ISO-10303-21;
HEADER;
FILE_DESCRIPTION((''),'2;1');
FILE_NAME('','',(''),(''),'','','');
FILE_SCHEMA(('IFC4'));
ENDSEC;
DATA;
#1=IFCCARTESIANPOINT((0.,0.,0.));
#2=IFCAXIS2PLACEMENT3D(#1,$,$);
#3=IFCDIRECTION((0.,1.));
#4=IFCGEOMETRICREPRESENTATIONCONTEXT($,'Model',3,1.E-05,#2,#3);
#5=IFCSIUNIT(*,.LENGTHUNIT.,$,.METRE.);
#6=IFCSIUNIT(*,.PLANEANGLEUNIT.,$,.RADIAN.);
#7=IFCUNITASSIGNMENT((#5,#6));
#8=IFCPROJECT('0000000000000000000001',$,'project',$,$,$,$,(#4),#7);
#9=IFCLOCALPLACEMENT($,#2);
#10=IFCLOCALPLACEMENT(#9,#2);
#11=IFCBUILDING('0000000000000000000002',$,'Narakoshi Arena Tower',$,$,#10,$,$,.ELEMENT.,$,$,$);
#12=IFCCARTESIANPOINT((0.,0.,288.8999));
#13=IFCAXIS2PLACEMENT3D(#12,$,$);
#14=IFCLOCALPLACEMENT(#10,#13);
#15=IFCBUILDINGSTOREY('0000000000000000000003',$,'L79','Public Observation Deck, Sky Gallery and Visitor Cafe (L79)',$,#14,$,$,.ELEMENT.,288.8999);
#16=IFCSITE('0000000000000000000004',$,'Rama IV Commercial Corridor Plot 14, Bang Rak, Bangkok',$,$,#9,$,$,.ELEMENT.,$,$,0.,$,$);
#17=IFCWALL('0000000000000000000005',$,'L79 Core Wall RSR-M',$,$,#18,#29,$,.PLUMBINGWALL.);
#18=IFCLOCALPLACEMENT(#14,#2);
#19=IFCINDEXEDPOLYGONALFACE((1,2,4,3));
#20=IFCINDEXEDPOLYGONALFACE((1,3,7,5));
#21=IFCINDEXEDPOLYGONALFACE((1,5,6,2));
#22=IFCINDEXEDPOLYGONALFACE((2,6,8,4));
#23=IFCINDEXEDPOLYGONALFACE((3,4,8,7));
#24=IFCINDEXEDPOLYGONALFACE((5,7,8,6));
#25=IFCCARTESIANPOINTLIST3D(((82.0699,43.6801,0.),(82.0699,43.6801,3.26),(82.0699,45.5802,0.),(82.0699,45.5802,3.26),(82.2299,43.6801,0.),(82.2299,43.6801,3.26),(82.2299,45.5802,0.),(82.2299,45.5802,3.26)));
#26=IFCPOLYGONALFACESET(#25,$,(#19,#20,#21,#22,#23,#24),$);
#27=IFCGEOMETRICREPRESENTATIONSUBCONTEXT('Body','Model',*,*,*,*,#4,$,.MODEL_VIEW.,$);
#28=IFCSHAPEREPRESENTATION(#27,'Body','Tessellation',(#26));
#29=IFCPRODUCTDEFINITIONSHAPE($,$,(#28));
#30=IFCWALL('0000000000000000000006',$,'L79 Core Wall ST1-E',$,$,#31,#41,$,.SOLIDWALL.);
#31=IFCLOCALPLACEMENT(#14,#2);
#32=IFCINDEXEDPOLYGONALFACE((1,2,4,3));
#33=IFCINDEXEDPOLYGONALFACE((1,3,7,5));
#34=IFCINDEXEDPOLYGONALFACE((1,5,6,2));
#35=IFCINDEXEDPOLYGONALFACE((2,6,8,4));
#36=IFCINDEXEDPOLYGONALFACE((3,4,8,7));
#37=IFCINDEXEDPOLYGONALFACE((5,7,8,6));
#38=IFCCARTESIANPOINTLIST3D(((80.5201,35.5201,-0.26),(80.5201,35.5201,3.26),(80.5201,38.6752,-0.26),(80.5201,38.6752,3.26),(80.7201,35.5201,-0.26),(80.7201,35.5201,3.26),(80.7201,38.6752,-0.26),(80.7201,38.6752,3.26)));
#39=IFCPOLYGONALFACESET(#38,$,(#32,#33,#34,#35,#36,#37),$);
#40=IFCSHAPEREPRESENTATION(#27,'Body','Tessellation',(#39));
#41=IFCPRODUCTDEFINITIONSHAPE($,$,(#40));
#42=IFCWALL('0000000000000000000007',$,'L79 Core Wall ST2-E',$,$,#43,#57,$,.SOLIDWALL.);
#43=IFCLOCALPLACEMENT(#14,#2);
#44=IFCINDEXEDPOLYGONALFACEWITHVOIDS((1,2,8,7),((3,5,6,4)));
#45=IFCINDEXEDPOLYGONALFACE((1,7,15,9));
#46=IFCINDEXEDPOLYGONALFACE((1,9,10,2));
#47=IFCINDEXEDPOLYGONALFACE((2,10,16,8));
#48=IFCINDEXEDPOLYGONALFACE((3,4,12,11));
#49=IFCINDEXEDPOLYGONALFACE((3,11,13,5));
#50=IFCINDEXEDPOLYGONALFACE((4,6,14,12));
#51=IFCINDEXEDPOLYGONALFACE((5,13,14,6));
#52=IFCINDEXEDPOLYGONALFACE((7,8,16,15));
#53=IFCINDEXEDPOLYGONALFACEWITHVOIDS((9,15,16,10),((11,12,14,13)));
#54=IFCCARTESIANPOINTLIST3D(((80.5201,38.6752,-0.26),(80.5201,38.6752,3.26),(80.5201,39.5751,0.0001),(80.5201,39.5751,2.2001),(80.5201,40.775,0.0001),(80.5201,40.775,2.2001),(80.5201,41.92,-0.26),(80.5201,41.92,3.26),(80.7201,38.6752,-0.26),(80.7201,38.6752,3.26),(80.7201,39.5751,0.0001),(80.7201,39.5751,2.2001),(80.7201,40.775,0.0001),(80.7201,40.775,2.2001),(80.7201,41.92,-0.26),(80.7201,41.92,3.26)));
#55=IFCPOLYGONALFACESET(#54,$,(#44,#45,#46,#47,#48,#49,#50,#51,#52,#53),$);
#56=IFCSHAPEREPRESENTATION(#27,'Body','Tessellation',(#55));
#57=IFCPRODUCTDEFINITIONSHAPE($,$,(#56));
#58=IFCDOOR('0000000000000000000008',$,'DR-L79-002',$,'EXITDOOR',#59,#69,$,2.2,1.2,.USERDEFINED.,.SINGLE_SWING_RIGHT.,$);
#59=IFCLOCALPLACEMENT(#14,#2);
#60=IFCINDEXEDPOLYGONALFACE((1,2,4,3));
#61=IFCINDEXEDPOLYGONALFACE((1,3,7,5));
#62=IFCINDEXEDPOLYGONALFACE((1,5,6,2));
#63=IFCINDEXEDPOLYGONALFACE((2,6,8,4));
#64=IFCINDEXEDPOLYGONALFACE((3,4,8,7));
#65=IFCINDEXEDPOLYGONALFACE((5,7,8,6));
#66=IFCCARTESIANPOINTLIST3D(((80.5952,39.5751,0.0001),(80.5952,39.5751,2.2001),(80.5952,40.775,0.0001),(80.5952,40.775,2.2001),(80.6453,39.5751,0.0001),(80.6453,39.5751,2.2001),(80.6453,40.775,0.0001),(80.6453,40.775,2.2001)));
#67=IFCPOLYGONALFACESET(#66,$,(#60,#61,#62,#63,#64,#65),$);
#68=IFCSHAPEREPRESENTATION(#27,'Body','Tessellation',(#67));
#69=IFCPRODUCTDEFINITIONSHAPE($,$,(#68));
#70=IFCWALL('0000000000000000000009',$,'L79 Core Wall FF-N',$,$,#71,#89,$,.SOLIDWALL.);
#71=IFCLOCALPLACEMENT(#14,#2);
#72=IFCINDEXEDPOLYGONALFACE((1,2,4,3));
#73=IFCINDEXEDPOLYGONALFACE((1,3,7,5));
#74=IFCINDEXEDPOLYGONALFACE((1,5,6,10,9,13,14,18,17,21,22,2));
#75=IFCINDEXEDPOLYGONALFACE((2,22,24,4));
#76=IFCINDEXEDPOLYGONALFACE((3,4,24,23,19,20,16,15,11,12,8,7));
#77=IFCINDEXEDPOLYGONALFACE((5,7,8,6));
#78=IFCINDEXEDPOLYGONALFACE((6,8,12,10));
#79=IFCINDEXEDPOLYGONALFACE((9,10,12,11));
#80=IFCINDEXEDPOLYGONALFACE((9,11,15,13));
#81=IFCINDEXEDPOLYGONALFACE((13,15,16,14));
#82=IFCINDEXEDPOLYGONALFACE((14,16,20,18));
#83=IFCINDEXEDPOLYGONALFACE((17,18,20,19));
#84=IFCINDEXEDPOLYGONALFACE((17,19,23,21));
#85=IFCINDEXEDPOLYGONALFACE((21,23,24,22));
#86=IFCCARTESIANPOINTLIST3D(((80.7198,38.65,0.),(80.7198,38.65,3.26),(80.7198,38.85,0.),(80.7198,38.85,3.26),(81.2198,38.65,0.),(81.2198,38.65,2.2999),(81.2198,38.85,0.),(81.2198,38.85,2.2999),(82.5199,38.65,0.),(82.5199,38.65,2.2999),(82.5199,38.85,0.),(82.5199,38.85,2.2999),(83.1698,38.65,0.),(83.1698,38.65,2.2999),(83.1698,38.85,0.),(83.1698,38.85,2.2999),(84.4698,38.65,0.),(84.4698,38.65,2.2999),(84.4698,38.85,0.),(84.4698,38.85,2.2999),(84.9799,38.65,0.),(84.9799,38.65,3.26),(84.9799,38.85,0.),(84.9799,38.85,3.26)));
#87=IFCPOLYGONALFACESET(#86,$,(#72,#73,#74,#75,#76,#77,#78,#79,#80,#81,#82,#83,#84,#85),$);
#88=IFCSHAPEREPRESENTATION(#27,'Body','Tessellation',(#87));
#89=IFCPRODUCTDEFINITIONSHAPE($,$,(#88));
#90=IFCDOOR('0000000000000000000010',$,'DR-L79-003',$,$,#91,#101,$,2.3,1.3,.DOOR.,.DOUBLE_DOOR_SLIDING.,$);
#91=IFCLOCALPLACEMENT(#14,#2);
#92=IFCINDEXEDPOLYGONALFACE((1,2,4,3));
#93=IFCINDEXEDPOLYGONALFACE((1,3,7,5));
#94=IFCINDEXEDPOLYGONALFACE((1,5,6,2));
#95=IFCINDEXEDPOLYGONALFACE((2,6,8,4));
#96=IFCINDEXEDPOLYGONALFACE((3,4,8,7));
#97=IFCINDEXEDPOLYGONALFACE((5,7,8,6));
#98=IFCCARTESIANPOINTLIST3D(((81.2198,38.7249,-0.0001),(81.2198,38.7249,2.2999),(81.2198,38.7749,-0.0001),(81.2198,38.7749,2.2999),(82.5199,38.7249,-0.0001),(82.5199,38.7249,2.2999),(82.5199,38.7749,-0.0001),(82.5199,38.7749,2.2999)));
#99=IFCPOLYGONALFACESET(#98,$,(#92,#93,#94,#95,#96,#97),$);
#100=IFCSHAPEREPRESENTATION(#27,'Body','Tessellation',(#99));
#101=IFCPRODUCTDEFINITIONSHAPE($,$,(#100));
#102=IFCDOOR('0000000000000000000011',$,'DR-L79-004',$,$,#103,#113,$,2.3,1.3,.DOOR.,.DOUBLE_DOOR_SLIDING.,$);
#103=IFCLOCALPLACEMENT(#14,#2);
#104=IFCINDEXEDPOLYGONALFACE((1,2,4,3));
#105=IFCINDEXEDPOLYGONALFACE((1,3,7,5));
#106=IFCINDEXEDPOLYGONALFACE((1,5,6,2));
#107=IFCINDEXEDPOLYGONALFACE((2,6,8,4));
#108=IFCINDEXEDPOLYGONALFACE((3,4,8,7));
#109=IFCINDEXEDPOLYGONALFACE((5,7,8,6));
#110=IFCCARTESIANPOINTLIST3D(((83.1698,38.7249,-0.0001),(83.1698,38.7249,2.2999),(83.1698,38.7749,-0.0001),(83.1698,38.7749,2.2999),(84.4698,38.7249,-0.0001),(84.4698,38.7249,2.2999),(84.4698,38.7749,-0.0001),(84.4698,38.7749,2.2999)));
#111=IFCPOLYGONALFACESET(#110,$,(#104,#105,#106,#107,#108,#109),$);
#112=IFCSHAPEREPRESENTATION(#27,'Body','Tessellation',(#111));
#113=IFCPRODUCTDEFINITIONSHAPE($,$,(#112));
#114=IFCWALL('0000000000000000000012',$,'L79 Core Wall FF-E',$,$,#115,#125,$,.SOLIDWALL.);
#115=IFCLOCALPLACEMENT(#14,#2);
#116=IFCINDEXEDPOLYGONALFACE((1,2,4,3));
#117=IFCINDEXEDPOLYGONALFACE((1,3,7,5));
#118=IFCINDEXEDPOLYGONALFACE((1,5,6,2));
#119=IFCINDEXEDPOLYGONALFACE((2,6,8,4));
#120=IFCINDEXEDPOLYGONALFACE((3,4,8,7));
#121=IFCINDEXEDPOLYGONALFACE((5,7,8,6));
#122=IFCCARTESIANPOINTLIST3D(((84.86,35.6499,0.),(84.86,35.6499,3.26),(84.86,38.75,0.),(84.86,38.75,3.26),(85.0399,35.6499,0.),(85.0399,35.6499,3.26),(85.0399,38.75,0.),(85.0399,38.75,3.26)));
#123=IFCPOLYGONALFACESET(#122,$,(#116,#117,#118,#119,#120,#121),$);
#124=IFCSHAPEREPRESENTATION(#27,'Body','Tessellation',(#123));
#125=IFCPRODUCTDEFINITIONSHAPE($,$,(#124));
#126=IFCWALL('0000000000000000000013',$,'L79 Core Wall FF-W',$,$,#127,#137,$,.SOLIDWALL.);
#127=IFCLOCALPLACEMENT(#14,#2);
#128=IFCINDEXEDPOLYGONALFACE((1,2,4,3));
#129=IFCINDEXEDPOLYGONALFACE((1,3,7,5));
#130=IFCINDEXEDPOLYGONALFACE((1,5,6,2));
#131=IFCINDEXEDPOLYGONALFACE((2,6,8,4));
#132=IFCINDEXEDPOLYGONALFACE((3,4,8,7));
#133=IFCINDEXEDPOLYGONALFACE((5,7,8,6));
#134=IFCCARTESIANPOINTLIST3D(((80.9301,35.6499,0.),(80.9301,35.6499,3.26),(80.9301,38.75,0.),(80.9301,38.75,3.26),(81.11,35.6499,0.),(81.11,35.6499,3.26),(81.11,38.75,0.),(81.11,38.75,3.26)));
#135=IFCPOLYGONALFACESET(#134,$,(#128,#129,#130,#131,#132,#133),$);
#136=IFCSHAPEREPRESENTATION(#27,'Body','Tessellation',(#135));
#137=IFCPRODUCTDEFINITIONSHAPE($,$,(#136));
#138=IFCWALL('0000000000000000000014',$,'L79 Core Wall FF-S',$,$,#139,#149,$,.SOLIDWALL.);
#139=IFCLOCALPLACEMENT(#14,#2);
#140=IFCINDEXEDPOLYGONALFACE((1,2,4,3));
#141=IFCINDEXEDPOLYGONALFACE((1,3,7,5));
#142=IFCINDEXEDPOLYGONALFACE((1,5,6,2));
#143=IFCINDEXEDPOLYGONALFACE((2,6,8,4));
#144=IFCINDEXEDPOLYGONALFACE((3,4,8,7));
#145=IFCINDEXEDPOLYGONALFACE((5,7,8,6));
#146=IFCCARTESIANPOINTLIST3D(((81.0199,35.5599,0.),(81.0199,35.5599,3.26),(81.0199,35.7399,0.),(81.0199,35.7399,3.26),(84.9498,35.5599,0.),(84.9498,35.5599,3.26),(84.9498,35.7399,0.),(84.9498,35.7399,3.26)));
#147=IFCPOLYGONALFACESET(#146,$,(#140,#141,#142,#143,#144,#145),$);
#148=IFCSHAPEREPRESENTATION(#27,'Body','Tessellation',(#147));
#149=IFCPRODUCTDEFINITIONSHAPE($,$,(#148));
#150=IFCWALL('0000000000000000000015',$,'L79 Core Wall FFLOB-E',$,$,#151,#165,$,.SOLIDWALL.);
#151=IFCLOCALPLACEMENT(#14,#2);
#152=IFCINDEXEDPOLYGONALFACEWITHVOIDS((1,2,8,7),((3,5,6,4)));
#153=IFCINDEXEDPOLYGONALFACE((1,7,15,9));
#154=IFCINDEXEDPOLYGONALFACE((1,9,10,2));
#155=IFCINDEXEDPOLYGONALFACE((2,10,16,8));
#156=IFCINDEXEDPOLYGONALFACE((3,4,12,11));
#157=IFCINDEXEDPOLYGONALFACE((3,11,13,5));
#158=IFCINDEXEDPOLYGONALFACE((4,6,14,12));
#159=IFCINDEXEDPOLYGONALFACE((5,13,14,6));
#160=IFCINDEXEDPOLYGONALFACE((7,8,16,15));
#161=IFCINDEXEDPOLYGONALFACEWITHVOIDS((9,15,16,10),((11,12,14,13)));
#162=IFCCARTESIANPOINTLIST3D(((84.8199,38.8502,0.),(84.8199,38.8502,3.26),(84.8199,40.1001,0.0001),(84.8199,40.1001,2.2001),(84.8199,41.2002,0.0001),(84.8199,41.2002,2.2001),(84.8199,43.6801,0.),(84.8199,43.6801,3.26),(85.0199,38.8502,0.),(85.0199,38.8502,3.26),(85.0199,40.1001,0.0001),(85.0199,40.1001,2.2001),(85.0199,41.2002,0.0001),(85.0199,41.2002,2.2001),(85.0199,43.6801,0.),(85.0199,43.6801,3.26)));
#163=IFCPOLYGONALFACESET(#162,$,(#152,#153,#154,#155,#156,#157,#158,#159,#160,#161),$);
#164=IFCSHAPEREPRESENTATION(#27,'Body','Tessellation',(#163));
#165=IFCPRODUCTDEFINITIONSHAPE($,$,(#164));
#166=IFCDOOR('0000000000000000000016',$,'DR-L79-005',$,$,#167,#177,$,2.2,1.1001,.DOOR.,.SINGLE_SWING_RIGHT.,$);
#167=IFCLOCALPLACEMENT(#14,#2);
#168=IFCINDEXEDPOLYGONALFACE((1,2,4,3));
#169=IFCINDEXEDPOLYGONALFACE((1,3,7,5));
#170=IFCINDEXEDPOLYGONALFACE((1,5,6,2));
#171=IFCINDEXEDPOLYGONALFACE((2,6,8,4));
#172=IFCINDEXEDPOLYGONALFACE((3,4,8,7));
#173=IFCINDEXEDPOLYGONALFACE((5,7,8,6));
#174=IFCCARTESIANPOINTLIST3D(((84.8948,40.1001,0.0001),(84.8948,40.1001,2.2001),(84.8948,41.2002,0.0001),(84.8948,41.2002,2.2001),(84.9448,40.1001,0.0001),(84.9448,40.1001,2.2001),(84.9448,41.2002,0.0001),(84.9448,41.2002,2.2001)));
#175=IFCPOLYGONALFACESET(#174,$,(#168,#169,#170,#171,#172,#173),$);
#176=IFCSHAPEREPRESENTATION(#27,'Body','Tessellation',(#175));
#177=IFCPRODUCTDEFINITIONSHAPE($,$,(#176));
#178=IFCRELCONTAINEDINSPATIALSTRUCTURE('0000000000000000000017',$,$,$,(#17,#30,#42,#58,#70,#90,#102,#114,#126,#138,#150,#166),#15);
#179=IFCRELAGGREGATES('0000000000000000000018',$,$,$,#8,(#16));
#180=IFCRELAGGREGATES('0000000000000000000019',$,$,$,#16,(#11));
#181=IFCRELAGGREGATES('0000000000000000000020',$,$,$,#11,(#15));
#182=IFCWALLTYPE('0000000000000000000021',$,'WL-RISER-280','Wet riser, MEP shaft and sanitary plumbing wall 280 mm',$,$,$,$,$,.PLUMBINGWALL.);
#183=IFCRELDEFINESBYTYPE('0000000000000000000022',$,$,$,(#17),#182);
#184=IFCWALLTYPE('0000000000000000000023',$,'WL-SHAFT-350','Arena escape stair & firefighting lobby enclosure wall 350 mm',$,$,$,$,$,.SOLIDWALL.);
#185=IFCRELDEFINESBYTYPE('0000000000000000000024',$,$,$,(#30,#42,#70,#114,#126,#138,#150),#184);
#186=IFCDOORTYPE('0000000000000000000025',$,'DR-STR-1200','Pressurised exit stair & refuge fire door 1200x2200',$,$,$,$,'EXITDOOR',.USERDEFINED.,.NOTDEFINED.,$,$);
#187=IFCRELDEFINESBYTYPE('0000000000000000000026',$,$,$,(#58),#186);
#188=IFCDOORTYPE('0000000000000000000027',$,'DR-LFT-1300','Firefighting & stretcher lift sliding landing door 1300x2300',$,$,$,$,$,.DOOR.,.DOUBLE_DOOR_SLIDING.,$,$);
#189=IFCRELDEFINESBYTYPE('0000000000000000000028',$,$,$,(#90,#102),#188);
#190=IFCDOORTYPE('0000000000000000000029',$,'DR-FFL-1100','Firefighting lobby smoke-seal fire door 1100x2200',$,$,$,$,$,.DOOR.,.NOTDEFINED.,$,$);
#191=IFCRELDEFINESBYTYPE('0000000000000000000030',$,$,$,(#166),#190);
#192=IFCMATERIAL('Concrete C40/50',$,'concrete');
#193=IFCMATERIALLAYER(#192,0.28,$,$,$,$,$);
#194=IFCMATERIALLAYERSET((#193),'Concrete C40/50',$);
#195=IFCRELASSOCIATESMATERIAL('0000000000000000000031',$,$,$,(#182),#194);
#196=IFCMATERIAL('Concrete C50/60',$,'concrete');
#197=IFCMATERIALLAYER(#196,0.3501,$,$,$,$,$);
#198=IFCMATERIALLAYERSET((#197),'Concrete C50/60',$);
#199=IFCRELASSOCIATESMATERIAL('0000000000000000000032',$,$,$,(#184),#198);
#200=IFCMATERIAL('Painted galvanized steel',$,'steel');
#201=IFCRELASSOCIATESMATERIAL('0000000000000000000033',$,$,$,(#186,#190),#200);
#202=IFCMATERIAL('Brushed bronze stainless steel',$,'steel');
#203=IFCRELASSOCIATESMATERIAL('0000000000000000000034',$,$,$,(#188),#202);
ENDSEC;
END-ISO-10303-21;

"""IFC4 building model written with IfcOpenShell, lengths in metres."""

from ifc_helpers import new_model, si_unit, direction, frame, frame_2d, origin, place, context, subcontext, project, spatial, rectangle, extrude, material, layer, layer_set, type_object, element, fill, save


model = new_model("IFC4")

# Units and contexts
model_context = context("Model", 3, precision=1e-05, world=origin(), true_north=direction((0.0, 1.0)))
body_context = subcontext(model_context, "Body", "Model", "MODEL_VIEW")
ifc_project = project(units=[si_unit("LENGTHUNIT", "METRE"), si_unit("PLANEANGLEUNIT", "RADIAN")], contexts=[model_context])

# Site, building, storey
site_placement = place(None, origin())
site = spatial("IfcSite", under=ifc_project, at=site_placement, Name="Rama IV Commercial Corridor Plot 14, Bang Rak, Bangkok", CompositionType="ELEMENT", RefElevation=0.0)
building_placement = place(site_placement, origin())
building = spatial("IfcBuilding", under=site, at=building_placement, Name="Narakoshi Arena Tower", CompositionType="ELEMENT")
storey_placement = place(building_placement, frame((0.0, 0.0, 288.8999)))
storey = spatial("IfcBuildingStorey", under=building, at=storey_placement, Name="L79", Description="Public Observation Deck, Sky Gallery and Visitor Cafe (L79)", CompositionType="ELEMENT", Elevation=288.8999)

# Shared definitions
ifc_material_1 = material(Name="Concrete C50/60", Category="concrete")

# Walls
ifc_material_2 = material(Name="Concrete C40/50", Category="concrete")
ifc_layer_1 = layer(ifc_material_2, 0.28)
ifc_layer_set_1 = layer_set([ifc_layer_1], Name="Concrete C40/50")
wall_type_1 = type_object("IfcWallType", Name="WL-RISER-280", Description="Wet riser, MEP shaft and sanitary plumbing wall 280 mm", PredefinedType="PLUMBINGWALL", material=ifc_layer_set_1)
wall_1_placement = place(storey_placement, frame((82.1499, 43.6799, 0.0), z_axis=(0.0, 0.0, 1.0), x_axis=(0.0, 1.0, 0.0)))
element("IfcWall", 1, at=wall_1_placement, inside=storey, type_object=wall_type_1, Name="L79 Core Wall RSR-M", PredefinedType="PLUMBINGWALL", context=body_context, shape_type="SweptSolid", body=[
    extrude(rectangle(XDim=1.9001, YDim=0.1599, at=frame_2d((0.9502, 0.0))), origin(), (0.0, 0.0, 1.0), 3.26),
])
ifc_layer_2 = layer(ifc_material_1, 0.3501)
ifc_layer_set_2 = layer_set([ifc_layer_2], Name="Concrete C50/60")
wall_type_2 = type_object("IfcWallType", Name="WL-SHAFT-350", Description="Arena escape stair & firefighting lobby enclosure wall 350 mm", PredefinedType="SOLIDWALL", material=ifc_layer_set_2)
wall_2_placement = place(storey_placement, frame((80.6201, 35.52, -0.26), z_axis=(0.0, 0.0, 1.0), x_axis=(0.0, 1.0, 0.0)))
element("IfcWall", 2, at=wall_2_placement, inside=storey, type_object=wall_type_2, Name="L79 Core Wall ST1-E", PredefinedType="SOLIDWALL", context=body_context, shape_type="SweptSolid", body=[
    extrude(rectangle(XDim=3.155, YDim=0.2, at=frame_2d((1.5776, 0.0))), origin(), (0.0, 0.0, 1.0), 3.52),
])

# Wall, opening, door
wall_3_placement = place(storey_placement, frame((80.6201, 38.675, -0.26), z_axis=(0.0, 0.0, 1.0), x_axis=(0.0, 1.0, 0.0)))
wall_3 = element("IfcWall", 3, at=wall_3_placement, inside=storey, type_object=wall_type_2, Name="L79 Core Wall ST2-E", PredefinedType="SOLIDWALL", context=body_context, shape_type="SweptSolid", body=[
    extrude(rectangle(XDim=3.2449, YDim=0.2, at=frame_2d((1.6226, 0.0))), origin(), (0.0, 0.0, 1.0), 3.52),
])
opening_1_placement = place(wall_3_placement, frame((0.8999, 0.0, 0.26)))
opening_1 = element("IfcOpeningElement", 4, at=opening_1_placement, cuts=wall_3, PredefinedType="OPENING", context=body_context, shape_type="SweptSolid", body=[
    extrude(rectangle(XDim=1.2, YDim=2.2, at=frame_2d((0.6001, 1.1001))), frame((0.0, 0.1099, 0.0), z_axis=(0.0, -1.0, 0.0), x_axis=(1.0, 0.0, 0.0)), (0.0, 0.0, 1.0), 0.22),
])
ifc_material_3 = material(Name="Painted galvanized steel", Category="steel")
door_type_1 = type_object("IfcDoorType", Name="DR-STR-1200", Description="Pressurised exit stair & refuge fire door 1200x2200", ElementType="EXITDOOR", OperationType="NOTDEFINED", PredefinedType="USERDEFINED", material=ifc_material_3)
door_1_placement = place(opening_1_placement, origin())
door_1 = element("IfcDoor", 5, at=door_1_placement, inside=storey, type_object=door_type_1, Name="DR-L79-002", ObjectType="EXITDOOR", OperationType="SINGLE_SWING_RIGHT", OverallHeight=2.2, OverallWidth=1.2, PredefinedType="USERDEFINED", context=body_context, shape_type="SweptSolid", body=[
    extrude(rectangle(XDim=1.2, YDim=2.2, at=frame_2d((0.6001, 1.1001))), frame((0.0, 0.0249, 0.0), z_axis=(0.0, -1.0, 0.0), x_axis=(1.0, 0.0, 0.0)), (0.0, 0.0, 1.0), 0.05),
])
fill(opening_1, door_1)

# Wall, openings, doors
wall_4_placement = place(storey_placement, frame((80.72, 38.75, 0.0), z_axis=(0.0, 0.0, 1.0), x_axis=(1.0, 0.0, 0.0)))
wall_4 = element("IfcWall", 6, at=wall_4_placement, inside=storey, type_object=wall_type_2, Name="L79 Core Wall FF-N", PredefinedType="SOLIDWALL", context=body_context, shape_type="SweptSolid", body=[
    extrude(rectangle(XDim=4.26, YDim=0.2, at=frame_2d((2.1299, 0.0))), origin(), (0.0, 0.0, 1.0), 3.26),
])
opening_2_placement = place(wall_4_placement, frame((0.5, 0.0, 0.0)))
opening_2 = element("IfcOpeningElement", 7, at=opening_2_placement, cuts=wall_4, PredefinedType="OPENING", context=body_context, shape_type="SweptSolid", body=[
    extrude(rectangle(XDim=1.3, YDim=2.3, at=frame_2d((0.6499, 1.1499))), frame((0.0, 0.1099, 0.0), z_axis=(0.0, -1.0, 0.0), x_axis=(1.0, 0.0, 0.0)), (0.0, 0.0, 1.0), 0.22),
])
opening_3_placement = place(wall_4_placement, frame((2.45, 0.0, 0.0)))
opening_3 = element("IfcOpeningElement", 8, at=opening_3_placement, cuts=wall_4, PredefinedType="OPENING", context=body_context, shape_type="SweptSolid", body=[
    extrude(rectangle(XDim=1.3, YDim=2.3, at=frame_2d((0.6499, 1.1499))), frame((0.0, 0.1099, 0.0), z_axis=(0.0, -1.0, 0.0), x_axis=(1.0, 0.0, 0.0)), (0.0, 0.0, 1.0), 0.22),
])
ifc_material_4 = material(Name="Brushed bronze stainless steel", Category="steel")
door_type_2 = type_object("IfcDoorType", Name="DR-LFT-1300", Description="Firefighting & stretcher lift sliding landing door 1300x2300", OperationType="DOUBLE_DOOR_SLIDING", PredefinedType="DOOR", material=ifc_material_4)
door_2_placement = place(opening_2_placement, origin())
door_2 = element("IfcDoor", 9, at=door_2_placement, inside=storey, type_object=door_type_2, Name="DR-L79-003", OperationType="DOUBLE_DOOR_SLIDING", OverallHeight=2.3, OverallWidth=1.3, PredefinedType="DOOR", context=body_context, shape_type="SweptSolid", body=[
    extrude(rectangle(XDim=1.3, YDim=2.3, at=frame_2d((0.6499, 1.1499))), frame((0.0, 0.0249, 0.0), z_axis=(0.0, -1.0, 0.0), x_axis=(1.0, 0.0, 0.0)), (0.0, 0.0, 1.0), 0.05),
])
fill(opening_2, door_2)
door_3_placement = place(opening_3_placement, origin())
door_3 = element("IfcDoor", 10, at=door_3_placement, inside=storey, type_object=door_type_2, Name="DR-L79-004", OperationType="DOUBLE_DOOR_SLIDING", OverallHeight=2.3, OverallWidth=1.3, PredefinedType="DOOR", context=body_context, shape_type="SweptSolid", body=[
    extrude(rectangle(XDim=1.3, YDim=2.3, at=frame_2d((0.6499, 1.1499))), frame((0.0, 0.0249, 0.0), z_axis=(0.0, -1.0, 0.0), x_axis=(1.0, 0.0, 0.0)), (0.0, 0.0, 1.0), 0.05),
])
fill(opening_3, door_3)

# Walls
for number, where, z_axis, x_axis, name in (
    (11, (84.95, 35.6499, 0.0), (0.0, 0.0, 1.0), (0.0, 1.0, 0.0), "L79 Core Wall FF-E"),
    (12, (81.02, 35.6499, 0.0), (0.0, 0.0, 1.0), (0.0, 1.0, 0.0), "L79 Core Wall FF-W"),
):
    element("IfcWall", number, at=place(storey_placement, frame(where, z_axis=z_axis, x_axis=x_axis)), inside=storey, type_object=wall_type_2, Name=name, PredefinedType="SOLIDWALL", context=body_context, shape_type="SweptSolid", body=[
        extrude(rectangle(XDim=3.1001, YDim=0.1799, at=frame_2d((1.55, 0.0))), origin(), (0.0, 0.0, 1.0), 3.26),
    ])
wall_5_placement = place(storey_placement, frame((81.02, 35.6499, 0.0), z_axis=(0.0, 0.0, 1.0), x_axis=(1.0, 0.0, 0.0)))
element("IfcWall", 13, at=wall_5_placement, inside=storey, type_object=wall_type_2, Name="L79 Core Wall FF-S", PredefinedType="SOLIDWALL", context=body_context, shape_type="SweptSolid", body=[
    extrude(rectangle(XDim=3.9299, YDim=0.1799, at=frame_2d((1.9648, 0.0))), origin(), (0.0, 0.0, 1.0), 3.26),
])

# Wall, opening, door
wall_6_placement = place(storey_placement, frame((84.9199, 38.8501, 0.0), z_axis=(0.0, 0.0, 1.0), x_axis=(0.0, 1.0, 0.0)))
wall_6 = element("IfcWall", 14, at=wall_6_placement, inside=storey, type_object=wall_type_2, Name="L79 Core Wall FFLOB-E", PredefinedType="SOLIDWALL", context=body_context, shape_type="SweptSolid", body=[
    extrude(rectangle(XDim=4.8298, YDim=0.2, at=frame_2d((2.415, 0.0))), origin(), (0.0, 0.0, 1.0), 3.26),
])
opening_4_placement = place(wall_6_placement, frame((1.25, 0.0, 0.0)))
opening_4 = element("IfcOpeningElement", 15, at=opening_4_placement, cuts=wall_6, PredefinedType="OPENING", context=body_context, shape_type="SweptSolid", body=[
    extrude(rectangle(XDim=1.1001, YDim=2.2, at=frame_2d((0.55, 1.1001))), frame((0.0, 0.1099, 0.0), z_axis=(0.0, -1.0, 0.0), x_axis=(1.0, 0.0, 0.0)), (0.0, 0.0, 1.0), 0.22),
])
door_type_3 = type_object("IfcDoorType", Name="DR-FFL-1100", Description="Firefighting lobby smoke-seal fire door 1100x2200", OperationType="NOTDEFINED", PredefinedType="DOOR", material=ifc_material_3)
door_4_placement = place(opening_4_placement, frame((1.1001, 0.0, 0.0), z_axis=(0.0, 0.0, 1.0), x_axis=(-1.0, 0.0, 0.0)))
door_4 = element("IfcDoor", 16, at=door_4_placement, inside=storey, type_object=door_type_3, Name="DR-L79-005", OperationType="SINGLE_SWING_RIGHT", OverallHeight=2.2, OverallWidth=1.1001, PredefinedType="DOOR", context=body_context, shape_type="SweptSolid", body=[
    extrude(rectangle(XDim=1.1001, YDim=2.2, at=frame_2d((0.55, 1.1001))), frame((0.0, 0.0249, 0.0), z_axis=(0.0, -1.0, 0.0), x_axis=(1.0, 0.0, 0.0)), (0.0, 0.0, 1.0), 0.05),
])
fill(opening_4, door_4)

save(model, "model.ifc")
